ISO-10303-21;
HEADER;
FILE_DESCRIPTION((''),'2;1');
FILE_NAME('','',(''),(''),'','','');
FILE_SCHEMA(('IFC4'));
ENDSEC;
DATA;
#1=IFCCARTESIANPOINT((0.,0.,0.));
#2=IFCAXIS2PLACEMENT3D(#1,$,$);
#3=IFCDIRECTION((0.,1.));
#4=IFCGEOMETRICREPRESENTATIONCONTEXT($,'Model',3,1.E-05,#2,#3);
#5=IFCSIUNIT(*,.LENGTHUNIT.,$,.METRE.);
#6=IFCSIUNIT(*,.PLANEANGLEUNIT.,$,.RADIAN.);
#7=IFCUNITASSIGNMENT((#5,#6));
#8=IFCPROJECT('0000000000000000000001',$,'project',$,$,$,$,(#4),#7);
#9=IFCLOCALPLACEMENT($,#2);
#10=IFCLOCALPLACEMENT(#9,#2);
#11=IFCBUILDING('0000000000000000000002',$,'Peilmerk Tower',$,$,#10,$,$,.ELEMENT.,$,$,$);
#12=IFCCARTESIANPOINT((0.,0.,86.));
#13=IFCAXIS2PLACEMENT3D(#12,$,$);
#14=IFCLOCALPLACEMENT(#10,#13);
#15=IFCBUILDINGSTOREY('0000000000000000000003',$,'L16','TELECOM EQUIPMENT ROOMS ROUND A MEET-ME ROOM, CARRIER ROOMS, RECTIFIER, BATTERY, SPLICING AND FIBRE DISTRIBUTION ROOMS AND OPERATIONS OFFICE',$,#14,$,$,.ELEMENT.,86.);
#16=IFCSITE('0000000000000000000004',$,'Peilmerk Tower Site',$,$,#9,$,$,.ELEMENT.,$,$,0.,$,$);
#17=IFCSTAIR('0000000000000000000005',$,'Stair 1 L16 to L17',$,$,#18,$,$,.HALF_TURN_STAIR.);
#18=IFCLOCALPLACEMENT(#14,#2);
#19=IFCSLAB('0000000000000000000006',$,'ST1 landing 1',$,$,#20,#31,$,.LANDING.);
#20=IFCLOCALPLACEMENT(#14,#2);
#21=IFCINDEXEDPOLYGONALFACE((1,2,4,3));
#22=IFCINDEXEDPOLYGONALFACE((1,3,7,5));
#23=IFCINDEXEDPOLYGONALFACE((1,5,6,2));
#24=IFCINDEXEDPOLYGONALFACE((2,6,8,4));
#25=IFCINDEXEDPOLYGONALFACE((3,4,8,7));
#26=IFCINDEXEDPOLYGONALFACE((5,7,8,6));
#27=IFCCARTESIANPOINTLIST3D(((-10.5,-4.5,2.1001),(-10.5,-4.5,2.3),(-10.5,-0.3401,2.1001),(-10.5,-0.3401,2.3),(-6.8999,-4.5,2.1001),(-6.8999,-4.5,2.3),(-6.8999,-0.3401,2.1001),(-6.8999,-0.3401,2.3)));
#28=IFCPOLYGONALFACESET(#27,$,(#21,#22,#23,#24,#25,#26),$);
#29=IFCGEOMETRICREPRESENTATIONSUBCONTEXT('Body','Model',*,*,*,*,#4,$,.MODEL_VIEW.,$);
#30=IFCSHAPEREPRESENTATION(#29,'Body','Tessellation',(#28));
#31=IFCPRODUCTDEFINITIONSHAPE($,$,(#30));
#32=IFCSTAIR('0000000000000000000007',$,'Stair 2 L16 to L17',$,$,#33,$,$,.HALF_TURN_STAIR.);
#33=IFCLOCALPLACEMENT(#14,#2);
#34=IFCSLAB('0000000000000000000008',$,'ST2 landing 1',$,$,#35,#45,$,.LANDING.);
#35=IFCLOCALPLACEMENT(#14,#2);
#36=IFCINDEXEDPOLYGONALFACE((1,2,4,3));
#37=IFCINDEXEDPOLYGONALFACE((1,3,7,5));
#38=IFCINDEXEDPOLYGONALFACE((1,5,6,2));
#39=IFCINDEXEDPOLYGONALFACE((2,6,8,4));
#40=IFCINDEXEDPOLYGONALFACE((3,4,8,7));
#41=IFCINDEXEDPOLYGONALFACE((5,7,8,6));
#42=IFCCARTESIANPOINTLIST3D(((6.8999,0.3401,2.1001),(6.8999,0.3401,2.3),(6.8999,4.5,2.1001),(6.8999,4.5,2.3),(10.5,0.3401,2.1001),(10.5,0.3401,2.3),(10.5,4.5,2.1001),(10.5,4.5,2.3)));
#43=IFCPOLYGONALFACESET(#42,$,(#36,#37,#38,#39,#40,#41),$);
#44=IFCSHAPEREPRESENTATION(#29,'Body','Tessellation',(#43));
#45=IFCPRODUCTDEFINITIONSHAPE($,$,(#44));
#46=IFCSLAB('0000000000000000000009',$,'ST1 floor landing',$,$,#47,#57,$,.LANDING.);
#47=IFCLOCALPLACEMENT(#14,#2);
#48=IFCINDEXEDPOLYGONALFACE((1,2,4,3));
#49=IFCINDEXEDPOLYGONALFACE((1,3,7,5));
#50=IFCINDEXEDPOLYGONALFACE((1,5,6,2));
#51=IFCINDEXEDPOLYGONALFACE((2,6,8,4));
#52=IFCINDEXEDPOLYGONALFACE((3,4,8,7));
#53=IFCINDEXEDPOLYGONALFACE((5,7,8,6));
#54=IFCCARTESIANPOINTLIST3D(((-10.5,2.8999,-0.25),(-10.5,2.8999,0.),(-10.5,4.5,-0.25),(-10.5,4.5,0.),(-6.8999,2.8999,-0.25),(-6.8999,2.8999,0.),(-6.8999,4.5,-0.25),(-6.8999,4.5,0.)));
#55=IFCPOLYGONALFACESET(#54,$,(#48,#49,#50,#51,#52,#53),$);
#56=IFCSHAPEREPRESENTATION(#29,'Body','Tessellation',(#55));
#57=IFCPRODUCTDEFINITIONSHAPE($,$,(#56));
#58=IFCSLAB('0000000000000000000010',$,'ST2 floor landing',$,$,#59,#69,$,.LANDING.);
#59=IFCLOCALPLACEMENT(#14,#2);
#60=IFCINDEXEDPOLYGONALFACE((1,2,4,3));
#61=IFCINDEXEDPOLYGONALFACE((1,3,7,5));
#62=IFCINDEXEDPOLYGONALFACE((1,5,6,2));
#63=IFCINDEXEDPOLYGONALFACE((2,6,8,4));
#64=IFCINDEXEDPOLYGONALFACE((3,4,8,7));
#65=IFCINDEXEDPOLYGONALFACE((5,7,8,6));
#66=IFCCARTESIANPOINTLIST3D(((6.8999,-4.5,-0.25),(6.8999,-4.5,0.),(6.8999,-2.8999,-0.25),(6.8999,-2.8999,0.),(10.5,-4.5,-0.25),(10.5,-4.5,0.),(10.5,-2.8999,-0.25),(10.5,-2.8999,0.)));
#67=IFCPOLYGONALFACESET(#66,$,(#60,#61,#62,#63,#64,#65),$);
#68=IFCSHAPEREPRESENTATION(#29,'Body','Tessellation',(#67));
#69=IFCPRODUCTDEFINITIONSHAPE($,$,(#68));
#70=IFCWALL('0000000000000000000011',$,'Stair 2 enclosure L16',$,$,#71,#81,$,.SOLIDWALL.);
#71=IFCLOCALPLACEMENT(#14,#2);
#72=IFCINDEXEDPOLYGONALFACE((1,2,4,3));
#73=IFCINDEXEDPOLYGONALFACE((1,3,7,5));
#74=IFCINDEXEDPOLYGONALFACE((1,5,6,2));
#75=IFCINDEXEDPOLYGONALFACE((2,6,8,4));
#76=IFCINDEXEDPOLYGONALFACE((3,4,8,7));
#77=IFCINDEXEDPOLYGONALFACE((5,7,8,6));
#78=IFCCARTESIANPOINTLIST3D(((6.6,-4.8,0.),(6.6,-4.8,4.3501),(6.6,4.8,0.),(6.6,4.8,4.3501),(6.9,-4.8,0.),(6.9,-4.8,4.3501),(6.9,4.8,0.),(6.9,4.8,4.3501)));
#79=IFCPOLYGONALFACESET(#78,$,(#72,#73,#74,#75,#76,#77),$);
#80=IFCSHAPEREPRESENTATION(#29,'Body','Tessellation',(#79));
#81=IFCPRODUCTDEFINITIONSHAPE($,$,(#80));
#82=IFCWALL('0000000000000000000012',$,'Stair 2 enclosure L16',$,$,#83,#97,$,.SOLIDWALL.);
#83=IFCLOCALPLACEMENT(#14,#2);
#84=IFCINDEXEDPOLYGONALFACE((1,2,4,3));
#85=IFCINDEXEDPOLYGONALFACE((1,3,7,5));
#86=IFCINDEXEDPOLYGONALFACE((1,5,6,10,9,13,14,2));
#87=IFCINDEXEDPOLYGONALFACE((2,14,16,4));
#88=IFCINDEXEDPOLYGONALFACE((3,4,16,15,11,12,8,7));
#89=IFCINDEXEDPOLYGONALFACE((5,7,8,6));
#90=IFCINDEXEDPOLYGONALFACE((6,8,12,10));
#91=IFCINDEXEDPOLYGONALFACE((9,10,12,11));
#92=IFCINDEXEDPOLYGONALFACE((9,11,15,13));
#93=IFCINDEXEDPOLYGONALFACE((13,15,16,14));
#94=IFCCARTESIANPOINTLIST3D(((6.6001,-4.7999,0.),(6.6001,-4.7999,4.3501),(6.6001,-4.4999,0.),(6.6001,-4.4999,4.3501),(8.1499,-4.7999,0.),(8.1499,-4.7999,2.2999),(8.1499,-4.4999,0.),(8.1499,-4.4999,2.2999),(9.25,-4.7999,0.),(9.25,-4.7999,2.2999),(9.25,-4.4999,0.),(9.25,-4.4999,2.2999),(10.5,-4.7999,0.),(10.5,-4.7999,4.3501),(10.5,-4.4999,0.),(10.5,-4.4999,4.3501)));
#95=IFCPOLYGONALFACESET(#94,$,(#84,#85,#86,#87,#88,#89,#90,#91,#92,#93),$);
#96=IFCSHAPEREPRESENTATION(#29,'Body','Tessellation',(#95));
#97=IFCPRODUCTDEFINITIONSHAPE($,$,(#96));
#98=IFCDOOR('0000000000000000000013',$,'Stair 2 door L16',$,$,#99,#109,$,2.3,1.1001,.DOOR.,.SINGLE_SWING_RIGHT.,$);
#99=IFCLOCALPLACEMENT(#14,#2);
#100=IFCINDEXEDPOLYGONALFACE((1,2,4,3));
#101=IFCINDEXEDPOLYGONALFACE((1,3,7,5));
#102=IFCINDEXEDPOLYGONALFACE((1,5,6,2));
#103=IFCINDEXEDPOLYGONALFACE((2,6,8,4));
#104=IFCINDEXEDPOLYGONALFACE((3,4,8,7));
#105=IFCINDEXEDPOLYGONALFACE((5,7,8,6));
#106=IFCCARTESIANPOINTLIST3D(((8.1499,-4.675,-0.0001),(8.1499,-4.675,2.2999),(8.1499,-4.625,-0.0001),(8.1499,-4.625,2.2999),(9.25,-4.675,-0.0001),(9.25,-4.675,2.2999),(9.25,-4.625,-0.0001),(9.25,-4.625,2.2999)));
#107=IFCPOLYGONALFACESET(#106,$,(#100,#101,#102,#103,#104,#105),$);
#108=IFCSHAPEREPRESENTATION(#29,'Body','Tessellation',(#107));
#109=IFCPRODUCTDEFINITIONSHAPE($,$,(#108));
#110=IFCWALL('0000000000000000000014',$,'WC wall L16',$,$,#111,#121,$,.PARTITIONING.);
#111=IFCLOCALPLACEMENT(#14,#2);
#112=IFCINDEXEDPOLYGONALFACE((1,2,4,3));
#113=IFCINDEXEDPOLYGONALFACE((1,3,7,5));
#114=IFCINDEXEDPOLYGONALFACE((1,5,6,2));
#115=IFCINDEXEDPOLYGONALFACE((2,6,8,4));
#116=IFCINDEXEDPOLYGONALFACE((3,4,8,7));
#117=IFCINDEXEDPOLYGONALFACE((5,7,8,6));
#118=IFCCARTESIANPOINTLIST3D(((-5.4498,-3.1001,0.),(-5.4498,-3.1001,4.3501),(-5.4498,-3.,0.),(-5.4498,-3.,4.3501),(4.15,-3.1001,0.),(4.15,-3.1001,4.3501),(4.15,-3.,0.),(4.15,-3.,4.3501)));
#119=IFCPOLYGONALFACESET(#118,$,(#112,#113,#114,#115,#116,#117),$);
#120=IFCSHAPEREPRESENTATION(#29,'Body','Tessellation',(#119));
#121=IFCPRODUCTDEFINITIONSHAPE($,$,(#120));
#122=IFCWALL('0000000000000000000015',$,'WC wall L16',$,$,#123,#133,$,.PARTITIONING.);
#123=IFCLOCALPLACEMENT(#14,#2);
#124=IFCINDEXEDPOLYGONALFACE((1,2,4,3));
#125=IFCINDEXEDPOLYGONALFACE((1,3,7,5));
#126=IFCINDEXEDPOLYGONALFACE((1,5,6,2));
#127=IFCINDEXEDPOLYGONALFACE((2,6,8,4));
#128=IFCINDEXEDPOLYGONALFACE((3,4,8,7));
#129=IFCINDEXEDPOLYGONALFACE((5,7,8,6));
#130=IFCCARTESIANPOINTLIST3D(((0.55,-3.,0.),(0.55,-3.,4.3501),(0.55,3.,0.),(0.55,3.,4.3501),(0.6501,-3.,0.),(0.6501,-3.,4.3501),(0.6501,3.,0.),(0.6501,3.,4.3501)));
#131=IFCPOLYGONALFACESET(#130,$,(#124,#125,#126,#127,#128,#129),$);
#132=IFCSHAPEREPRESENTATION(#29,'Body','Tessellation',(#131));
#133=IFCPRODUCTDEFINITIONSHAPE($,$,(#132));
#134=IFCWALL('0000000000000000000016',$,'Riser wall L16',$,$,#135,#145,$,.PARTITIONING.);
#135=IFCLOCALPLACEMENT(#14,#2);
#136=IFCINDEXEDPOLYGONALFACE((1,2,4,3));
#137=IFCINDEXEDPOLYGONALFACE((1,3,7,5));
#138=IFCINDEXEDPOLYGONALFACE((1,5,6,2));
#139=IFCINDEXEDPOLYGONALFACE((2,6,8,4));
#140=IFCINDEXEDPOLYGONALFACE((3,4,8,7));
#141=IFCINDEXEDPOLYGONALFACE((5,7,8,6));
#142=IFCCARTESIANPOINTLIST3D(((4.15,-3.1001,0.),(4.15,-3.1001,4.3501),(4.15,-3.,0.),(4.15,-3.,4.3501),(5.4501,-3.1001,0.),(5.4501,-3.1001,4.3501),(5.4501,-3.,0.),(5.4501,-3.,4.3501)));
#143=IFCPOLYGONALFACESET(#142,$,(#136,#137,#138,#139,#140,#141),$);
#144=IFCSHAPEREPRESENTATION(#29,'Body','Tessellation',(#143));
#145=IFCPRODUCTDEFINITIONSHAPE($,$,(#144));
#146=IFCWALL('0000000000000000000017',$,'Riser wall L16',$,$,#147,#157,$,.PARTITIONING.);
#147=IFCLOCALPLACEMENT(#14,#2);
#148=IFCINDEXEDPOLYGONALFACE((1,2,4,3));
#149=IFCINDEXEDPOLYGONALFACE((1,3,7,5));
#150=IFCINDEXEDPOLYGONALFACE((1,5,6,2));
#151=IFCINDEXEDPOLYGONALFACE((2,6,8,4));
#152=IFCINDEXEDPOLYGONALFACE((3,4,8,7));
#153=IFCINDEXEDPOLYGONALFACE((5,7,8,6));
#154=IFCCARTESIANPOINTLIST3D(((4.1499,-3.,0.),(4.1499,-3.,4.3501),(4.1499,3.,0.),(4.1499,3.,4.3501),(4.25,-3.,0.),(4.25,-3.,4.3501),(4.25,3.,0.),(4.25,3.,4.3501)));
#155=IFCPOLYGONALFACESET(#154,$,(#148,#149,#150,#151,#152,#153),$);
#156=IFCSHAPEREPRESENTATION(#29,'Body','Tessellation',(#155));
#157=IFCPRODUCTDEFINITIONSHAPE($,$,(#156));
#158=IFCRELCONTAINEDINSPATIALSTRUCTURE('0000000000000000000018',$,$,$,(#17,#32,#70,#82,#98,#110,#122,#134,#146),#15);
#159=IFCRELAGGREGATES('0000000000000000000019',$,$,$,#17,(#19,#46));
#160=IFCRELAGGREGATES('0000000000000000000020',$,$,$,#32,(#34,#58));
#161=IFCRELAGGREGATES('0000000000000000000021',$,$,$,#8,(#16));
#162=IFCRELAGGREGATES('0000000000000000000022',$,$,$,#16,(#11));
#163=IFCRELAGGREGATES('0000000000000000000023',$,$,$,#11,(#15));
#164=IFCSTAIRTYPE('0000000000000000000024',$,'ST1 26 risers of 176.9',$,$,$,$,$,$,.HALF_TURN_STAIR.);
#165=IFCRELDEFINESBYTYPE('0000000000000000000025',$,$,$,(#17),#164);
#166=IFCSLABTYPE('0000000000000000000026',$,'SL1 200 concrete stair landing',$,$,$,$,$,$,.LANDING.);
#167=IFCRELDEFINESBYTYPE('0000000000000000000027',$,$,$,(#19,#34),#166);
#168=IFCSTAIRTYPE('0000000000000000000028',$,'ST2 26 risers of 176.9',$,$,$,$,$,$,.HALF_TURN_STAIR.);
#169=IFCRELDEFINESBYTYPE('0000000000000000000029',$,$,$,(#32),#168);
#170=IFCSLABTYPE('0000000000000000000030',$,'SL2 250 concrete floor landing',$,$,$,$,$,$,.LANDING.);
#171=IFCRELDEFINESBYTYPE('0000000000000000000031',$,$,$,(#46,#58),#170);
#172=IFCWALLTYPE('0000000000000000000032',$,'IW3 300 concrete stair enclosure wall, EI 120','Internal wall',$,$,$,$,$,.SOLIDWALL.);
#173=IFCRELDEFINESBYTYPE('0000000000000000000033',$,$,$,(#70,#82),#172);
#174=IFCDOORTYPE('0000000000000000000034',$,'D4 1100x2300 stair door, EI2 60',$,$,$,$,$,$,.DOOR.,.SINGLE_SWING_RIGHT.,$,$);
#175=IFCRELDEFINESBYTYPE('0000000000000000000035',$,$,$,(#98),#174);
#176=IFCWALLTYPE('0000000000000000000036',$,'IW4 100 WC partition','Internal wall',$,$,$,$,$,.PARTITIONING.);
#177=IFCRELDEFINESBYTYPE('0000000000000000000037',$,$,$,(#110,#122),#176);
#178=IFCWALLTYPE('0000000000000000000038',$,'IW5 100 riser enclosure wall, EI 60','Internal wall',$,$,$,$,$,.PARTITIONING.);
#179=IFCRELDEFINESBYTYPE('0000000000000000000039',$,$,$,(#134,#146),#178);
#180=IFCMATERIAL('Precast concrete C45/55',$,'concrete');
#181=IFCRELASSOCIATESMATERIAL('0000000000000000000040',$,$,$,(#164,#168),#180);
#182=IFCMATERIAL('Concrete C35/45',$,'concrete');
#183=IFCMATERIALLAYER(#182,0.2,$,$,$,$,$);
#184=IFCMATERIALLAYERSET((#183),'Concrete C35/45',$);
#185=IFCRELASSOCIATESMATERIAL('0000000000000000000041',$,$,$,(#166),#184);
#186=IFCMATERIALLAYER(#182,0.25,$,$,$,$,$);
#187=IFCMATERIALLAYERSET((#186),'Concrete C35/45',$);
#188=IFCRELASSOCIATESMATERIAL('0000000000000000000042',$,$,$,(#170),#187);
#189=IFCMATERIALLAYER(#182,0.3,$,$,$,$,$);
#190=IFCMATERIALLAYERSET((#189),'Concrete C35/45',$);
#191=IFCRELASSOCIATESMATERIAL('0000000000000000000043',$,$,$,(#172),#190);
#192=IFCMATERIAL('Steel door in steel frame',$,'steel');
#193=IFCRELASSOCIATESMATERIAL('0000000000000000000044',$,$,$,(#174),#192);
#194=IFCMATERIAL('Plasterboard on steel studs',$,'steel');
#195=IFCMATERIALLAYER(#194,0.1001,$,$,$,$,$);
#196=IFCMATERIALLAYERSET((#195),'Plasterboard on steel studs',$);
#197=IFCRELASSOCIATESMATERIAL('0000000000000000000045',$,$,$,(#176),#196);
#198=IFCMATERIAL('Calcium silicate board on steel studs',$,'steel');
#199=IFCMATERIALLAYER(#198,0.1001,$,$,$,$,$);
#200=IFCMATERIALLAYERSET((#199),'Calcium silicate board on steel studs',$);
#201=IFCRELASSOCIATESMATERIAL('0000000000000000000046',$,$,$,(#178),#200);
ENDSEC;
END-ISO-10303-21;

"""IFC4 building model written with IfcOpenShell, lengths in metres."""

from ifc_helpers import new_model, si_unit, direction, frame, frame_2d, origin, place, context, subcontext, project, spatial, polyline, rectangle, outline, extrude, material, layer, layer_set, type_object, element, fill, aggregate, save


model = new_model("IFC4")

# Units and contexts
model_context = context("Model", 3, precision=1e-05, world=origin(), true_north=direction((0.0, 1.0)))
body_context = subcontext(model_context, "Body", "Model", "MODEL_VIEW")
ifc_project = project(units=[si_unit("LENGTHUNIT", "METRE"), si_unit("PLANEANGLEUNIT", "RADIAN")], contexts=[model_context])

# Site, building, storey
site_placement = place(None, origin())
site = spatial("IfcSite", under=ifc_project, at=site_placement, Name="Peilmerk Tower Site", CompositionType="ELEMENT", RefElevation=0.0)
building_placement = place(site_placement, origin())
building = spatial("IfcBuilding", under=site, at=building_placement, Name="Peilmerk Tower", CompositionType="ELEMENT")
storey_placement = place(building_placement, frame((0.0, 0.0, 86.0)))
storey = spatial("IfcBuildingStorey", under=building, at=storey_placement, Name="L16", Description="TELECOM EQUIPMENT ROOMS ROUND A MEET-ME ROOM, CARRIER ROOMS, RECTIFIER, BATTERY, SPLICING AND FIBRE DISTRIBUTION ROOMS AND OPERATIONS OFFICE", CompositionType="ELEMENT", Elevation=86.0)

# Stairs, slabs
ifc_material_1 = material(Name="Precast concrete C45/55", Category="concrete")
stair_type_1 = type_object("IfcStairType", Name="ST1 26 risers of 176.9", PredefinedType="HALF_TURN_STAIR", material=ifc_material_1)
stair_1_placement = place(storey_placement, origin())
stair_1 = element("IfcStair", 1, at=stair_1_placement, inside=storey, type_object=stair_type_1, Name="Stair 1 L16 to L17", PredefinedType="HALF_TURN_STAIR")
ifc_material_2 = material(Name="Concrete C35/45", Category="concrete")
ifc_layer_1 = layer(ifc_material_2, 0.2)
ifc_layer_set_1 = layer_set([ifc_layer_1], Name="Concrete C35/45")
slab_type_1 = type_object("IfcSlabType", Name="SL1 200 concrete stair landing", PredefinedType="LANDING", material=ifc_layer_set_1)
slab_1_placement = place(storey_placement, frame((0.0, 0.0, 2.1001)))
slab_1 = element("IfcSlab", 2, at=slab_1_placement, type_object=slab_type_1, Name="ST1 landing 1", PredefinedType="LANDING", context=body_context, shape_type="SweptSolid", body=[
    extrude(outline(polyline([(-10.5, -4.5), (-6.8999, -4.5), (-6.8999, -0.3401), (-10.5, -0.3401), (-10.5, -4.5)])), origin(), (0.0, 0.0, 1.0), 0.2),
])
stair_type_2 = type_object("IfcStairType", Name="ST2 26 risers of 176.9", PredefinedType="HALF_TURN_STAIR", material=ifc_material_1)
stair_2_placement = place(storey_placement, origin())
stair_2 = element("IfcStair", 3, at=stair_2_placement, inside=storey, type_object=stair_type_2, Name="Stair 2 L16 to L17", PredefinedType="HALF_TURN_STAIR")
slab_2_placement = place(storey_placement, frame((0.0, 0.0, 2.1001)))
slab_2 = element("IfcSlab", 4, at=slab_2_placement, type_object=slab_type_1, Name="ST2 landing 1", PredefinedType="LANDING", context=body_context, shape_type="SweptSolid", body=[
    extrude(outline(polyline([(6.8999, 0.3401), (10.5, 0.3401), (10.5, 4.5), (6.8999, 4.5), (6.8999, 0.3401)])), origin(), (0.0, 0.0, 1.0), 0.2),
])

# Slabs
ifc_layer_2 = layer(ifc_material_2, 0.25)
ifc_layer_set_2 = layer_set([ifc_layer_2], Name="Concrete C35/45")
slab_type_2 = type_object("IfcSlabType", Name="SL2 250 concrete floor landing", PredefinedType="LANDING", material=ifc_layer_set_2)
slab_3_placement = place(storey_placement, frame((0.0, 0.0, -0.25)))
slab_3 = element("IfcSlab", 5, at=slab_3_placement, type_object=slab_type_2, Name="ST1 floor landing", PredefinedType="LANDING", context=body_context, shape_type="SweptSolid", body=[
    extrude(outline(polyline([(-10.5, 2.8999), (-6.8999, 2.8999), (-6.8999, 4.5), (-10.5, 4.5), (-10.5, 2.8999)])), origin(), (0.0, 0.0, 1.0), 0.25),
])
aggregate(stair_1, [slab_1, slab_3])
slab_4_placement = place(storey_placement, frame((0.0, 0.0, -0.25)))
slab_4 = element("IfcSlab", 6, at=slab_4_placement, type_object=slab_type_2, Name="ST2 floor landing", PredefinedType="LANDING", context=body_context, shape_type="SweptSolid", body=[
    extrude(outline(polyline([(6.8999, -4.5), (10.5, -4.5), (10.5, -2.8999), (6.8999, -2.8999), (6.8999, -4.5)])), origin(), (0.0, 0.0, 1.0), 0.25),
])

# Wall
ifc_layer_3 = layer(ifc_material_2, 0.3)
ifc_layer_set_3 = layer_set([ifc_layer_3], Name="Concrete C35/45")
wall_type_1 = type_object("IfcWallType", Name="IW3 300 concrete stair enclosure wall, EI 120", Description="Internal wall", PredefinedType="SOLIDWALL", material=ifc_layer_set_3)
wall_1_placement = place(storey_placement, frame((6.75, -4.8, 0.0), z_axis=(0.0, 0.0, 1.0), x_axis=(0.0, 1.0, 0.0)))
element("IfcWall", 7, at=wall_1_placement, inside=storey, type_object=wall_type_1, Name="Stair 2 enclosure L16", PredefinedType="SOLIDWALL", context=body_context, shape_type="SweptSolid", body=[
    extrude(rectangle(XDim=9.6001, YDim=0.3, at=frame_2d((4.8, 0.0))), origin(), (0.0, 0.0, 1.0), 4.3501),
])

# Wall, opening, door
wall_2_placement = place(storey_placement, frame((10.5, -4.6499, 0.0), z_axis=(0.0, 0.0, 1.0), x_axis=(-1.0, 0.0, 0.0)))
wall_2 = element("IfcWall", 8, at=wall_2_placement, inside=storey, type_object=wall_type_1, Name="Stair 2 enclosure L16", PredefinedType="SOLIDWALL", context=body_context, shape_type="SweptSolid", body=[
    extrude(rectangle(XDim=3.8999, YDim=0.3, at=frame_2d((1.95, 0.0))), origin(), (0.0, 0.0, 1.0), 4.3501),
])
opening_1_placement = place(wall_2_placement, frame((1.25, 0.0, 0.0)))
opening_1 = element("IfcOpeningElement", 9, at=opening_1_placement, cuts=wall_2, PredefinedType="OPENING", context=body_context, shape_type="SweptSolid", body=[
    extrude(rectangle(XDim=1.1001, YDim=2.3, at=frame_2d((0.55, 1.1499))), frame((0.0, 0.1599, 0.0), z_axis=(0.0, -1.0, 0.0), x_axis=(1.0, 0.0, 0.0)), (0.0, 0.0, 1.0), 0.3201),
])
ifc_material_3 = material(Name="Steel door in steel frame", Category="steel")
door_type_1 = type_object("IfcDoorType", Name="D4 1100x2300 stair door, EI2 60", OperationType="SINGLE_SWING_RIGHT", PredefinedType="DOOR", material=ifc_material_3)
door_1_placement = place(opening_1_placement, frame((1.1001, 0.0, 0.0), z_axis=(0.0, 0.0, 1.0), x_axis=(-1.0, 0.0, 0.0)))
door_1 = element("IfcDoor", 10, at=door_1_placement, inside=storey, type_object=door_type_1, Name="Stair 2 door L16", OperationType="SINGLE_SWING_RIGHT", OverallHeight=2.3, OverallWidth=1.1001, PredefinedType="DOOR", context=body_context, shape_type="SweptSolid", body=[
    extrude(rectangle(XDim=1.1001, YDim=2.3, at=frame_2d((0.55, 1.1499))), frame((0.0, 0.0249, 0.0), z_axis=(0.0, -1.0, 0.0), x_axis=(1.0, 0.0, 0.0)), (0.0, 0.0, 1.0), 0.05),
])
fill(opening_1, door_1)

# Walls
ifc_material_4 = material(Name="Plasterboard on steel studs", Category="steel")
ifc_layer_4 = layer(ifc_material_4, 0.1001)
ifc_layer_set_4 = layer_set([ifc_layer_4], Name="Plasterboard on steel studs")
wall_type_2 = type_object("IfcWallType", Name="IW4 100 WC partition", Description="Internal wall", PredefinedType="PARTITIONING", material=ifc_layer_set_4)
wall_3_placement = place(storey_placement, frame((4.1499, -3.05, 0.0), z_axis=(0.0, 0.0, 1.0), x_axis=(-1.0, 0.0, 0.0)))
element("IfcWall", 11, at=wall_3_placement, inside=storey, type_object=wall_type_2, Name="WC wall L16", PredefinedType="PARTITIONING", context=body_context, shape_type="SweptSolid", body=[
    extrude(rectangle(XDim=9.5999, YDim=0.1001, at=frame_2d((4.7998, 0.0))), origin(), (0.0, 0.0, 1.0), 4.3501),
])
wall_4_placement = place(storey_placement, frame((0.6001, -3.0, 0.0), z_axis=(0.0, 0.0, 1.0), x_axis=(0.0, 1.0, 0.0)))
element("IfcWall", 12, at=wall_4_placement, inside=storey, type_object=wall_type_2, Name="WC wall L16", PredefinedType="PARTITIONING", context=body_context, shape_type="SweptSolid", body=[
    extrude(rectangle(XDim=6.0, YDim=0.1001, at=frame_2d((3.0, 0.0))), origin(), (0.0, 0.0, 1.0), 4.3501),
])
ifc_material_5 = material(Name="Calcium silicate board on steel studs", Category="steel")
ifc_layer_5 = layer(ifc_material_5, 0.1001)
ifc_layer_set_5 = layer_set([ifc_layer_5], Name="Calcium silicate board on steel studs")
wall_type_3 = type_object("IfcWallType", Name="IW5 100 riser enclosure wall, EI 60", Description="Internal wall", PredefinedType="PARTITIONING", material=ifc_layer_set_5)
wall_5_placement = place(storey_placement, frame((5.45, -3.05, 0.0), z_axis=(0.0, 0.0, 1.0), x_axis=(-1.0, 0.0, 0.0)))
element("IfcWall", 13, at=wall_5_placement, inside=storey, type_object=wall_type_3, Name="Riser wall L16", PredefinedType="PARTITIONING", context=body_context, shape_type="SweptSolid", body=[
    extrude(rectangle(XDim=1.3, YDim=0.1001, at=frame_2d((0.6499, 0.0))), origin(), (0.0, 0.0, 1.0), 4.3501),
])
wall_6_placement = place(storey_placement, frame((4.2, -3.0, 0.0), z_axis=(0.0, 0.0, 1.0), x_axis=(0.0, 1.0, 0.0)))
element("IfcWall", 14, at=wall_6_placement, inside=storey, type_object=wall_type_3, Name="Riser wall L16", PredefinedType="PARTITIONING", context=body_context, shape_type="SweptSolid", body=[
    extrude(rectangle(XDim=6.0, YDim=0.1001, at=frame_2d((3.0, 0.0))), origin(), (0.0, 0.0, 1.0), 4.3501),
])

aggregate(stair_2, [slab_2, slab_4])

save(model, "model.ifc")
